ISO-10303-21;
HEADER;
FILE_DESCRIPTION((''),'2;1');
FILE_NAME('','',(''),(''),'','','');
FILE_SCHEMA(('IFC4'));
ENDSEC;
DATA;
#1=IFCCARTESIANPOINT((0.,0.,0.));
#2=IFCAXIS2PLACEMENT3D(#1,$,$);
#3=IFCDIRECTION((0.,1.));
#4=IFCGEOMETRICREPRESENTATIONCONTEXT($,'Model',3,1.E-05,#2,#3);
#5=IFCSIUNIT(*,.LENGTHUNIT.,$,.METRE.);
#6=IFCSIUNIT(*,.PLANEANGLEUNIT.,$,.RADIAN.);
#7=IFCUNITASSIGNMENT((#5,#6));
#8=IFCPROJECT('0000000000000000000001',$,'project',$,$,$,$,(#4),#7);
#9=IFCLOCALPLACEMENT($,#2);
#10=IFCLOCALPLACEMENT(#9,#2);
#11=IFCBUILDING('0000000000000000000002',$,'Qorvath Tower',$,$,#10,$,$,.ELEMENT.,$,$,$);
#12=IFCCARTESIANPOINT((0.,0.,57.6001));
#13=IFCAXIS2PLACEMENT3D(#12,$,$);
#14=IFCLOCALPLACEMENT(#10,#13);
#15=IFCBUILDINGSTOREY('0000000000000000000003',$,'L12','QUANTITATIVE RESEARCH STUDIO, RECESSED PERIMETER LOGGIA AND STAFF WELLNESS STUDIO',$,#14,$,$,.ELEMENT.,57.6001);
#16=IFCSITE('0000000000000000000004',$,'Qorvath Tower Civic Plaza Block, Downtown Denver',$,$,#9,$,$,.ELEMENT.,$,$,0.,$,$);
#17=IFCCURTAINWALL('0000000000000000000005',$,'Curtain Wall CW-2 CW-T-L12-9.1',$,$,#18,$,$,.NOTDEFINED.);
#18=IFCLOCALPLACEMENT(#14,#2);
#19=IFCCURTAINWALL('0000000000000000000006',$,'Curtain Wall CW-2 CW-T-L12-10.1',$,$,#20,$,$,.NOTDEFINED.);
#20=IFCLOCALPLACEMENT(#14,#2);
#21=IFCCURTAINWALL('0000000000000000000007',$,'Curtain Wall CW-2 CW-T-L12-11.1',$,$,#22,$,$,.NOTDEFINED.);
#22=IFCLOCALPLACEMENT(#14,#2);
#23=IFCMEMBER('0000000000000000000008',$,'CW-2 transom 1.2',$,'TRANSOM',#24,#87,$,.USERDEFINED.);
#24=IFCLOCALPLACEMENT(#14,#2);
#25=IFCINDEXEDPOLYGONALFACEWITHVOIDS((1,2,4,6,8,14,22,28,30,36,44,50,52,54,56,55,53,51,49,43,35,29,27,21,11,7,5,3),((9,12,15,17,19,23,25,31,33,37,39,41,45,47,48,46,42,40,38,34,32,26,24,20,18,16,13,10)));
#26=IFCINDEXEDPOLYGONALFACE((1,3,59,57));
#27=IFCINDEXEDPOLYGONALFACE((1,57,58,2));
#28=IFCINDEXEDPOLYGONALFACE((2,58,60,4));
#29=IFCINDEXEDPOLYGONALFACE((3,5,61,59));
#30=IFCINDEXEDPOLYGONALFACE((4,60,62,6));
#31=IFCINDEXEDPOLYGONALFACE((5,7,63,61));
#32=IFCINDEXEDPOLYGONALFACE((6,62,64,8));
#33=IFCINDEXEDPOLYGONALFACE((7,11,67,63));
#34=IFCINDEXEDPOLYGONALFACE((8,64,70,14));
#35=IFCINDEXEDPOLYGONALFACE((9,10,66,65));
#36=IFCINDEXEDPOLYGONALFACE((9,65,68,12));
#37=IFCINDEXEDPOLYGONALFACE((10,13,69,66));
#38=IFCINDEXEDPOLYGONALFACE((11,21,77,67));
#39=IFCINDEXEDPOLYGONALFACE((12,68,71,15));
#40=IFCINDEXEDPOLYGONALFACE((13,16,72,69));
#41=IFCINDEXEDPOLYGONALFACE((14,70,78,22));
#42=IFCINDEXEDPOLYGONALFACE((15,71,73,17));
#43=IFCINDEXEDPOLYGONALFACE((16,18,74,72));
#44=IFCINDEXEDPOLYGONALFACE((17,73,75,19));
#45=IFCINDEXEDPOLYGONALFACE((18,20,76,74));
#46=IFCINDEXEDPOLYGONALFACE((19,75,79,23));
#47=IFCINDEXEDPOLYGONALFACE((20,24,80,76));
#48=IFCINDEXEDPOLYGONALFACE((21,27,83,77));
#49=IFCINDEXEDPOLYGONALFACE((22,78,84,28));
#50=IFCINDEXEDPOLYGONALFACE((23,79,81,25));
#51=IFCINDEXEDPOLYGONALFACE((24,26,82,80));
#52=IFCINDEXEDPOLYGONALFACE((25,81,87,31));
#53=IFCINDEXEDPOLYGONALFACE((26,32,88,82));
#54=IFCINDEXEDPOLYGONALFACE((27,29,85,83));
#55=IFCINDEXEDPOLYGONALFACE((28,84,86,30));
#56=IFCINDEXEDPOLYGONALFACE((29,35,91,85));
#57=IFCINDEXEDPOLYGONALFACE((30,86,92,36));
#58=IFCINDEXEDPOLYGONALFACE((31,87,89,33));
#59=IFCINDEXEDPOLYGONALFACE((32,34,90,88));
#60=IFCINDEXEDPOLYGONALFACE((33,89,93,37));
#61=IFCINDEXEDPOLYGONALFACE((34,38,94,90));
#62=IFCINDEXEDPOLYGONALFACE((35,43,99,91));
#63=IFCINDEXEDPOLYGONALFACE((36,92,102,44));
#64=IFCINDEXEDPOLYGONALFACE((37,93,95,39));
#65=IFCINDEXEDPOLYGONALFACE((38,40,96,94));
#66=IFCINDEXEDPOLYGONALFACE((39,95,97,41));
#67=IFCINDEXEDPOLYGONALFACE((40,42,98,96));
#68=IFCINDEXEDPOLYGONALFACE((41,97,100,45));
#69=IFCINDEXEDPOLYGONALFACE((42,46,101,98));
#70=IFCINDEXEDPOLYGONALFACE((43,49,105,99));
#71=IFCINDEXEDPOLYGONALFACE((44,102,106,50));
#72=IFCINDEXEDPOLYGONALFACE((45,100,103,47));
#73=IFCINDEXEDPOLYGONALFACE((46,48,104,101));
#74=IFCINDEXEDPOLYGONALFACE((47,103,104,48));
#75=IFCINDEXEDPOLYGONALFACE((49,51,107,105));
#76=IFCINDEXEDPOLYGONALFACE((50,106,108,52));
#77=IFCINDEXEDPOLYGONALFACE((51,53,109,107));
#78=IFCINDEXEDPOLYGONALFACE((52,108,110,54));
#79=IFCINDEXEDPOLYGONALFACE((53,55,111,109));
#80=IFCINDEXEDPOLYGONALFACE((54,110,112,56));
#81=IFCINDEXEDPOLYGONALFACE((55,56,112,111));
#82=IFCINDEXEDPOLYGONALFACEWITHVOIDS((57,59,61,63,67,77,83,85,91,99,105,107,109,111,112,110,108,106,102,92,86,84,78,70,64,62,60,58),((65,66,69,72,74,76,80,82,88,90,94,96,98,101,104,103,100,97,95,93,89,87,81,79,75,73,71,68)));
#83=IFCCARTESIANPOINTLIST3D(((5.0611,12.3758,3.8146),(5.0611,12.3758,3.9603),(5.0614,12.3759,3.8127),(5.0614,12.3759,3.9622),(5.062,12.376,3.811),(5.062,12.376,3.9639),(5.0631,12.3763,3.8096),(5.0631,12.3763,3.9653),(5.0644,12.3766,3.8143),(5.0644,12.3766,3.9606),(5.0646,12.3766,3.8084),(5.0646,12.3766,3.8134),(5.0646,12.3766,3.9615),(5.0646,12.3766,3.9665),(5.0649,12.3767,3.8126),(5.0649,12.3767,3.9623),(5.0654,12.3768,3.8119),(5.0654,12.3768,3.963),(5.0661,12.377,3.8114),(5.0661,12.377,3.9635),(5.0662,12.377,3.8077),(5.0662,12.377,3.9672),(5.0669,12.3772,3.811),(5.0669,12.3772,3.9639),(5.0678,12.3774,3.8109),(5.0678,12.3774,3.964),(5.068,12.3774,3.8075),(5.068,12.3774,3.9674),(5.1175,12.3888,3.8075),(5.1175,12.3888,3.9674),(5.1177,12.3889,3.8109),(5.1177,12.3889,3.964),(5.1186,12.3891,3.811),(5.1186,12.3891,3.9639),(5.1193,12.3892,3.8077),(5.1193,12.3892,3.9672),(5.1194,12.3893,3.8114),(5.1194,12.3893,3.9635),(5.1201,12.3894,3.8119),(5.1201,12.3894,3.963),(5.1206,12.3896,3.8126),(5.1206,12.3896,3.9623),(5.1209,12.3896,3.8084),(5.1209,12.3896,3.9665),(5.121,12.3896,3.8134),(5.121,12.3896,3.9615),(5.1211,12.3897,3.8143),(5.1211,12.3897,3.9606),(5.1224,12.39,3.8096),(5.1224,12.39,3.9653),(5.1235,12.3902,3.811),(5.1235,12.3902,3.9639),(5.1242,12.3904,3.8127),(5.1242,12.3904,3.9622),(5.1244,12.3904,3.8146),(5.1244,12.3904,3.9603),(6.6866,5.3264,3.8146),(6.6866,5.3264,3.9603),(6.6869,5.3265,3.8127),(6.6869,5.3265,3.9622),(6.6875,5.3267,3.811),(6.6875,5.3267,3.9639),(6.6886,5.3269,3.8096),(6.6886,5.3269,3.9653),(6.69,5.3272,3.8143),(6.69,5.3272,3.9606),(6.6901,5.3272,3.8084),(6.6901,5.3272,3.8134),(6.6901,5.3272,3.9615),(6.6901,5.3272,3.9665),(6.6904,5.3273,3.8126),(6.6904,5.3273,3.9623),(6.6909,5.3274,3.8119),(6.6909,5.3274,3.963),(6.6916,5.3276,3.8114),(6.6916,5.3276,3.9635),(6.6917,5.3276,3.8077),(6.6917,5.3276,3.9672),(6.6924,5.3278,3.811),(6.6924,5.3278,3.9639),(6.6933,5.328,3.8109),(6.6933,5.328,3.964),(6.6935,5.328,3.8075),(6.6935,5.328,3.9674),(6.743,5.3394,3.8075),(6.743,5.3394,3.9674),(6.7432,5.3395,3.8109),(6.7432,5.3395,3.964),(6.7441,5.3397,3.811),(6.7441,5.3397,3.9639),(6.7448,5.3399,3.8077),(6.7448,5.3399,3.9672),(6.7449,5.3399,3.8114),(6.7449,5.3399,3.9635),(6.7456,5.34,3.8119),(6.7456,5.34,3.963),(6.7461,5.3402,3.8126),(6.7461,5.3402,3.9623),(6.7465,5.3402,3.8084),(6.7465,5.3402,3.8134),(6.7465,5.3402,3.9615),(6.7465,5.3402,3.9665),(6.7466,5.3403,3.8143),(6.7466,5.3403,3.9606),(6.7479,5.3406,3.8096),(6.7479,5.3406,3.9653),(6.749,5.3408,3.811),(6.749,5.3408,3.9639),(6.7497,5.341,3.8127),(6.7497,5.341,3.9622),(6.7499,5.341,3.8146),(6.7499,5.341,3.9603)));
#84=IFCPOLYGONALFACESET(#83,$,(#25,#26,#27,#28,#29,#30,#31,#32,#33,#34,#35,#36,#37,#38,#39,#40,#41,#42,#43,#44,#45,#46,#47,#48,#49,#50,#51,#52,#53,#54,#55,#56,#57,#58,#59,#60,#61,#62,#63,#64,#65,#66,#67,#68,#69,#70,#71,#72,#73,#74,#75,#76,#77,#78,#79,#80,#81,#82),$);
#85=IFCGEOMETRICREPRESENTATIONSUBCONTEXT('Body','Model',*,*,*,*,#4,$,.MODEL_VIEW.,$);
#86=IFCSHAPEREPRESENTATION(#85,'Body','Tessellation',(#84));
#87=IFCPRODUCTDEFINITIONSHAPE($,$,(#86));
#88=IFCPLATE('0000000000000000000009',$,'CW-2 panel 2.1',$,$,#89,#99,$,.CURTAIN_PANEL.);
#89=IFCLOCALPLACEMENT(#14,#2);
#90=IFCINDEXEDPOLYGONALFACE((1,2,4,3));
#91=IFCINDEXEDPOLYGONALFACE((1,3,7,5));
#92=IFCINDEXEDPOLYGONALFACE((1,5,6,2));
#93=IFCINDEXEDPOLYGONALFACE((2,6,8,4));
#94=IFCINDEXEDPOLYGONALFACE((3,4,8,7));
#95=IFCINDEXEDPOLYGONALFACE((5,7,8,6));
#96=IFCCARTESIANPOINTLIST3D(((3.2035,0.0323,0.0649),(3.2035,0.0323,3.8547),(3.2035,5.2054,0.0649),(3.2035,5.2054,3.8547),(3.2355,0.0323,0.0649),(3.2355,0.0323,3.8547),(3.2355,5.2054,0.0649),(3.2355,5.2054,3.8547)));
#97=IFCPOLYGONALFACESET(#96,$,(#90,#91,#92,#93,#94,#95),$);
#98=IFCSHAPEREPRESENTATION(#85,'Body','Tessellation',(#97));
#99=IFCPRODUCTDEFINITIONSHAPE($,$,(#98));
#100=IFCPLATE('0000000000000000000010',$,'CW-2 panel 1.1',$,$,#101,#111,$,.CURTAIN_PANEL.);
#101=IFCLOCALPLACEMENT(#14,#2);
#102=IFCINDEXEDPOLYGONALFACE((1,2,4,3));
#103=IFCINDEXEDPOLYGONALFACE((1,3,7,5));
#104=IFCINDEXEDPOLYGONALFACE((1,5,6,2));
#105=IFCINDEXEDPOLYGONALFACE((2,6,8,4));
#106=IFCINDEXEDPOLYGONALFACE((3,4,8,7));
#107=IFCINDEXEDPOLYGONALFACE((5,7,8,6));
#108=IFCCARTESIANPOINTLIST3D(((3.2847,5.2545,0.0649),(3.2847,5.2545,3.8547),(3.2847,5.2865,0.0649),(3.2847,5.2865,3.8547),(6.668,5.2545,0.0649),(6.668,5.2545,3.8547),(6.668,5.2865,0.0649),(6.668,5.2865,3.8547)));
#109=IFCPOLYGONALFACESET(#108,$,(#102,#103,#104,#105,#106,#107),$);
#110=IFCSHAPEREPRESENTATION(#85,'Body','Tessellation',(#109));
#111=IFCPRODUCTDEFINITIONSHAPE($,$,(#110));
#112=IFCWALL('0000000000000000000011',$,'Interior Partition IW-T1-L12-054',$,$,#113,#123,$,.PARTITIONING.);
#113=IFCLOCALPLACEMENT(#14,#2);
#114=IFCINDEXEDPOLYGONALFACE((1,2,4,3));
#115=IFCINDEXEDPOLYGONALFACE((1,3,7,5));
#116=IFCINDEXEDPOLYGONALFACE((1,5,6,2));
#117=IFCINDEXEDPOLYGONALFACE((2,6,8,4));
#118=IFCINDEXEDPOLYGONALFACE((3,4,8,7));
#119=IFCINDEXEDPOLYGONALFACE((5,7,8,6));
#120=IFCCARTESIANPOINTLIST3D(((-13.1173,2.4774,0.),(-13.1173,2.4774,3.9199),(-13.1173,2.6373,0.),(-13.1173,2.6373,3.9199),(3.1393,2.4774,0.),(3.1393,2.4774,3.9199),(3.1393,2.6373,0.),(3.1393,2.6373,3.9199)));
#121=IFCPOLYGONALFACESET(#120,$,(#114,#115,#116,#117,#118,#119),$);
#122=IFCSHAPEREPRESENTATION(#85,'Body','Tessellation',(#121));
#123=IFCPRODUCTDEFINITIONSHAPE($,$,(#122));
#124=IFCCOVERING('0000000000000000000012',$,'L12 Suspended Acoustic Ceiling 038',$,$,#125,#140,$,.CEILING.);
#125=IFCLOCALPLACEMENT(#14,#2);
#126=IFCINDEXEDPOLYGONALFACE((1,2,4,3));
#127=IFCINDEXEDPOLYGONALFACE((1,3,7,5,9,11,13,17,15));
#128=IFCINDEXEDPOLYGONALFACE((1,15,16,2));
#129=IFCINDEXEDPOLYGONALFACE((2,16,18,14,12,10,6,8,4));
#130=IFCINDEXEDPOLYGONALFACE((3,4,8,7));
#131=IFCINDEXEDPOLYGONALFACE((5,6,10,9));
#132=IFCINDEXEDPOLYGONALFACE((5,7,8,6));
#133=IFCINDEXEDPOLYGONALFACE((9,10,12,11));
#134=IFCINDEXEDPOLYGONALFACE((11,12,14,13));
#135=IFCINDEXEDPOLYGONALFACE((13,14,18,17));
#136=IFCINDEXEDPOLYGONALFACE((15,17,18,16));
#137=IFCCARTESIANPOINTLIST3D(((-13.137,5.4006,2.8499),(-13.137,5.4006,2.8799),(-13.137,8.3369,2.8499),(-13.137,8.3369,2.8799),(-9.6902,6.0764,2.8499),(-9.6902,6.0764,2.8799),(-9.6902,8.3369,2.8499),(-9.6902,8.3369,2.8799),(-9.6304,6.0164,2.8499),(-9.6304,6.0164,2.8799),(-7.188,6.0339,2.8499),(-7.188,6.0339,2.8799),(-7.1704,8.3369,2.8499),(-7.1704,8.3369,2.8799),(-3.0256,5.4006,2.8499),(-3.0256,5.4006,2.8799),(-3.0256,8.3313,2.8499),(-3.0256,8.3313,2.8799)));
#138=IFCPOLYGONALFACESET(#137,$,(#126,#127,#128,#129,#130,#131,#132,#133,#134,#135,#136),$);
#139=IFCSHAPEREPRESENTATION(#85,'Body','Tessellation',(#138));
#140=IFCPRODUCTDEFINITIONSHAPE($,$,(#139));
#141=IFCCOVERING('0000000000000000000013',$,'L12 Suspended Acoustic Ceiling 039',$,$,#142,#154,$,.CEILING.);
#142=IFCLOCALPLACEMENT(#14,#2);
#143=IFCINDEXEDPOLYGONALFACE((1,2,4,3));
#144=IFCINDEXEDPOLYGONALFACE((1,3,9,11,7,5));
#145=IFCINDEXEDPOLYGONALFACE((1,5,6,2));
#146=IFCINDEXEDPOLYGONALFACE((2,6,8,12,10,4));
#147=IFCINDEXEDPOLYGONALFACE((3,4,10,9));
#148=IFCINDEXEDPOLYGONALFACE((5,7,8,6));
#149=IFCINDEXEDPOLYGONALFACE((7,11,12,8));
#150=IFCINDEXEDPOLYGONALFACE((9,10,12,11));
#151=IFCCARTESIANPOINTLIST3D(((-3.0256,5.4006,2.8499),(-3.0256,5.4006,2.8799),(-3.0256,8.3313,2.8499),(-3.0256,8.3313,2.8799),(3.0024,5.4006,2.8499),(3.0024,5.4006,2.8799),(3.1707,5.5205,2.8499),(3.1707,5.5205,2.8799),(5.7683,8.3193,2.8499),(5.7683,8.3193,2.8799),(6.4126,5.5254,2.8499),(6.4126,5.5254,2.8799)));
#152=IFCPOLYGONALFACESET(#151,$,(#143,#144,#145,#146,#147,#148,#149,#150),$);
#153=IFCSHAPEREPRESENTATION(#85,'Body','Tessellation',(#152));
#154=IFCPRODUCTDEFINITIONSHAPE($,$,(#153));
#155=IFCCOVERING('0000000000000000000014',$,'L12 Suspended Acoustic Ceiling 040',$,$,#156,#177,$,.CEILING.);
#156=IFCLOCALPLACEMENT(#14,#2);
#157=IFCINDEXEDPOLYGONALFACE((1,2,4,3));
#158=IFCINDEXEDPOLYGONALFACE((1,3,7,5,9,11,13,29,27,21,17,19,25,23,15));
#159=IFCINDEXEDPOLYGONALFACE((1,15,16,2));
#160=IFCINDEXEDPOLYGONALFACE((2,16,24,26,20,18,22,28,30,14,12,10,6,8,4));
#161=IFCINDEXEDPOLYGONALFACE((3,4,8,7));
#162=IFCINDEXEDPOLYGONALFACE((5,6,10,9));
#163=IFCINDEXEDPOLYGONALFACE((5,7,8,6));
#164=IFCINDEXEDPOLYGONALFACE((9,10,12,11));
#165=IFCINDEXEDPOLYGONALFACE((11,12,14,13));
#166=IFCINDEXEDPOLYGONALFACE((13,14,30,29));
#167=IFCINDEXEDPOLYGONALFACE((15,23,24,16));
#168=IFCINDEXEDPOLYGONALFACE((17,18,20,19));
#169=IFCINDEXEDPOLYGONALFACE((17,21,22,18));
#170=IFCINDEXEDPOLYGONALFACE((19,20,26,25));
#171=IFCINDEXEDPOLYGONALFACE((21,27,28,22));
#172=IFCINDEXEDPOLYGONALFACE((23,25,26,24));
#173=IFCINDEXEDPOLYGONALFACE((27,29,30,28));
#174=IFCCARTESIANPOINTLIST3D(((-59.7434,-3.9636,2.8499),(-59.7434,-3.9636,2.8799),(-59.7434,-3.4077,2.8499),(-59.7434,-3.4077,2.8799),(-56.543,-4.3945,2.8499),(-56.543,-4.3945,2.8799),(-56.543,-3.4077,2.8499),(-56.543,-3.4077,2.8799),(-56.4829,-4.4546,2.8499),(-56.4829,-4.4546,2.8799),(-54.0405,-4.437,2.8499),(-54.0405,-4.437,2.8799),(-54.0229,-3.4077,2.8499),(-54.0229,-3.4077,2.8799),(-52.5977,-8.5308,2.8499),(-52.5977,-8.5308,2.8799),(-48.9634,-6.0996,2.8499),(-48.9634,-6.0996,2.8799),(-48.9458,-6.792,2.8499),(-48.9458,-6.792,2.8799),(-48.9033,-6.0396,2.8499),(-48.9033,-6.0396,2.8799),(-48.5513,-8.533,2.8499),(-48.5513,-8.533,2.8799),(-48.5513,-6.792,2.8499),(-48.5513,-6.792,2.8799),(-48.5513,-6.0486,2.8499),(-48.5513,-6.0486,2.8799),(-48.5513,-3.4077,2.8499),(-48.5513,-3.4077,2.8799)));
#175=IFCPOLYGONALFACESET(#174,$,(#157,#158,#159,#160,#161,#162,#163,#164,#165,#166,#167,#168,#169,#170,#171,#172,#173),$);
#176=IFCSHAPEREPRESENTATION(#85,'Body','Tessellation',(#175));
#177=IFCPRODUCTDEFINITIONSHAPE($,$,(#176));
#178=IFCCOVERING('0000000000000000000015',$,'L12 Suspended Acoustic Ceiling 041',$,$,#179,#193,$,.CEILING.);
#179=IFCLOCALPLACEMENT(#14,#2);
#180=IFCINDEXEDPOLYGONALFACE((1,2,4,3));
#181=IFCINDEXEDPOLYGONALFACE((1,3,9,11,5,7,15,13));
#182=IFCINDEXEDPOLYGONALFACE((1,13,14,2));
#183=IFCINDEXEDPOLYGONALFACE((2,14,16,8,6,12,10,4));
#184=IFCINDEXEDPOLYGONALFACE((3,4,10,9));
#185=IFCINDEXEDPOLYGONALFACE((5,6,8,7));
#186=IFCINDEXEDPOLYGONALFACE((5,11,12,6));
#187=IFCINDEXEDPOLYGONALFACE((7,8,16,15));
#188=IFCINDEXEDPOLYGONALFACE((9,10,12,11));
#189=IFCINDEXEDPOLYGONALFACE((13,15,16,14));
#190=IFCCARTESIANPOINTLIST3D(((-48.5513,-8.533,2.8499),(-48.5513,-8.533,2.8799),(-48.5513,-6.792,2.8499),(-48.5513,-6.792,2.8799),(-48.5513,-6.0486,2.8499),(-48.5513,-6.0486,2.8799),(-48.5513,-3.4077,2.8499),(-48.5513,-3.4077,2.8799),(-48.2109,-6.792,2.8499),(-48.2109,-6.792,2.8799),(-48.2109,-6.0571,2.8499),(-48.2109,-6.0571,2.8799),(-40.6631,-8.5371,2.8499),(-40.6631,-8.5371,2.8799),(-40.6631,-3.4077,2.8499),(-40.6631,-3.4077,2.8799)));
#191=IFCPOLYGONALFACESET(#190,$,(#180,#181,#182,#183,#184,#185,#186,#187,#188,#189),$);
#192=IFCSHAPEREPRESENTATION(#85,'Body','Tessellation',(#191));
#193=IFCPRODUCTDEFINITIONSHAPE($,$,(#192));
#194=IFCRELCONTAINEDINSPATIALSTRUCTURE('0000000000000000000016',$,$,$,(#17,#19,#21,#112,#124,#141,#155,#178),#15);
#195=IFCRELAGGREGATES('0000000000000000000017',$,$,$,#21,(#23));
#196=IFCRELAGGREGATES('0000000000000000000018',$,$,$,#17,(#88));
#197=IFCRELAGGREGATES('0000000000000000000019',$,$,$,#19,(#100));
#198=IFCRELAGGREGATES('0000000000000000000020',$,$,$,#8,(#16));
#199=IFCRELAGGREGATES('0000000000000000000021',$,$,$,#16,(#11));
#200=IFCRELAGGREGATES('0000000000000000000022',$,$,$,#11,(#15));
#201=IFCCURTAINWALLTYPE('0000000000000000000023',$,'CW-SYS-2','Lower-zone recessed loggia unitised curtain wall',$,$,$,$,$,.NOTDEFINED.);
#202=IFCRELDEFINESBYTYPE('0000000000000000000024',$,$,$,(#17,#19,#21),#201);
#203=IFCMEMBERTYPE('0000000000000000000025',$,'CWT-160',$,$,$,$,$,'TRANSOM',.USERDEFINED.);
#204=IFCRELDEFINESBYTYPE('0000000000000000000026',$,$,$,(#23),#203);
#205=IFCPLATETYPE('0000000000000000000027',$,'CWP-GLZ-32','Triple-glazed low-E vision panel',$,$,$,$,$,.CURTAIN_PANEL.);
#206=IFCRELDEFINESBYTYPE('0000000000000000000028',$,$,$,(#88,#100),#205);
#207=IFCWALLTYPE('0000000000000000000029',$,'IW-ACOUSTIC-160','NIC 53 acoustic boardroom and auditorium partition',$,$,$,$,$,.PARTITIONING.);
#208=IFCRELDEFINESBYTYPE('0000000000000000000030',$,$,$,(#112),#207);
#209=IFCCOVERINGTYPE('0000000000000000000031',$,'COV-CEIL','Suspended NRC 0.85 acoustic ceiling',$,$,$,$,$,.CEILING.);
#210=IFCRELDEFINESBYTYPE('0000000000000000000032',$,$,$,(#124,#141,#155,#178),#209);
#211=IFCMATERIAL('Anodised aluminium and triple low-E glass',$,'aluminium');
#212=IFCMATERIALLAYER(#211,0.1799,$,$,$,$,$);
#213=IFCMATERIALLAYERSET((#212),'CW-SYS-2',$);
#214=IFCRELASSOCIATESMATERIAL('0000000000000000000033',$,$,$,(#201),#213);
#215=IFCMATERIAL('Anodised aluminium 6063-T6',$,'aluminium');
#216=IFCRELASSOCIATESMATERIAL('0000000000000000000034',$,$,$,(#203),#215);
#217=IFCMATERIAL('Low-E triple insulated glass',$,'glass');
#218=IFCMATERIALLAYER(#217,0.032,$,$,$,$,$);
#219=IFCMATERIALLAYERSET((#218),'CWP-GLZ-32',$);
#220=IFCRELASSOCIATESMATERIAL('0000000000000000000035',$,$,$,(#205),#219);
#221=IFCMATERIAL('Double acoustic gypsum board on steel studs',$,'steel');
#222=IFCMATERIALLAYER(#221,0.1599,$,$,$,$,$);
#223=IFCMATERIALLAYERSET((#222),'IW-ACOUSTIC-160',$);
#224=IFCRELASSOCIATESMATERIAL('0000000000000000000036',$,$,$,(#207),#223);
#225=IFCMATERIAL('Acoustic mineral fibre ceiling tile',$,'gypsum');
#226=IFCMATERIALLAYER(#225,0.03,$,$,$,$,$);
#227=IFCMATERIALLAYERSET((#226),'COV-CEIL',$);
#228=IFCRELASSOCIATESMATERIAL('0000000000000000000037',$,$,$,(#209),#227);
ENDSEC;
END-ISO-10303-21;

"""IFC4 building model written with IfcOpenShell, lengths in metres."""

from ifc_helpers import new_model, si_unit, direction, frame, frame_2d, origin, origin_2d, place, context, subcontext, project, spatial, polyline, rectangle, hollow_rectangle, outline, extrude, material, layer, layer_set, material_profile, profile_set, type_object, element, aggregate, save


model = new_model("IFC4")

# Units and contexts
model_context = context("Model", 3, precision=1e-05, world=origin(), true_north=direction((0.0, 1.0)))
body_context = subcontext(model_context, "Body", "Model", "MODEL_VIEW")
ifc_project = project(units=[si_unit("LENGTHUNIT", "METRE"), si_unit("PLANEANGLEUNIT", "RADIAN")], contexts=[model_context])

# Site, building, storey
site_placement = place(None, origin())
site = spatial("IfcSite", under=ifc_project, at=site_placement, Name="Qorvath Tower Civic Plaza Block, Downtown Denver", CompositionType="ELEMENT", RefElevation=0.0)
building_placement = place(site_placement, origin())
building = spatial("IfcBuilding", under=site, at=building_placement, Name="Qorvath Tower", CompositionType="ELEMENT")
storey_placement = place(building_placement, frame((0.0, 0.0, 57.6001)))
storey = spatial("IfcBuildingStorey", under=building, at=storey_placement, Name="L12", Description="QUANTITATIVE RESEARCH STUDIO, RECESSED PERIMETER LOGGIA AND STAFF WELLNESS STUDIO", CompositionType="ELEMENT", Elevation=57.6001)

# Curtain walls
ifc_material_1 = material(Name="Anodised aluminium and triple low-E glass", Category="aluminium")
ifc_layer_1 = layer(ifc_material_1, 0.1799)
ifc_layer_set_1 = layer_set([ifc_layer_1], Name="CW-SYS-2")
curtain_wall_type = type_object("IfcCurtainWallType", Name="CW-SYS-2", Description="Lower-zone recessed loggia unitised curtain wall", PredefinedType="NOTDEFINED", material=ifc_layer_set_1)
curtain_wall_1_placement = place(storey_placement, origin())
curtain_wall_1 = element("IfcCurtainWall", 1, at=curtain_wall_1_placement, inside=storey, type_object=curtain_wall_type, Name="Curtain Wall CW-2 CW-T-L12-9.1", PredefinedType="NOTDEFINED")
curtain_wall_2_placement = place(storey_placement, origin())
curtain_wall_2 = element("IfcCurtainWall", 2, at=curtain_wall_2_placement, inside=storey, type_object=curtain_wall_type, Name="Curtain Wall CW-2 CW-T-L12-10.1", PredefinedType="NOTDEFINED")

# Curtain wall
curtain_wall_3_placement = place(storey_placement, origin())
curtain_wall_3 = element("IfcCurtainWall", 3, at=curtain_wall_3_placement, inside=storey, type_object=curtain_wall_type, Name="Curtain Wall CW-2 CW-T-L12-11.1", PredefinedType="NOTDEFINED")

# Member
ifc_material_2 = material(Name="Anodised aluminium 6063-T6", Category="aluminium")
ifc_material_profile_1 = material_profile(ifc_material_2, hollow_rectangle(XDim=0.0649, YDim=0.1599, WallThickness=0.0034, InnerFilletRadius=0.0034, OuterFilletRadius=0.0071, at=origin_2d()), Name="CWT 160x65")
ifc_profile_set_1 = profile_set([ifc_material_profile_1], Name="Anodised aluminium 6063-T6")
member_type_1 = type_object("IfcMemberType", Name="CWT-160", ElementType="TRANSOM", PredefinedType="USERDEFINED", material=ifc_profile_set_1)
member_1_placement = place(storey_placement, frame((6.7183, 5.3337, 3.8875), z_axis=(-0.224692, 0.97443, 0.0), x_axis=(-0.97443, -0.224692, 0.0)))
member_1 = element("IfcMember", 4, at=member_1_placement, type_object=member_type_1, Name="CW-2 transom 1.2", ObjectType="TRANSOM", PredefinedType="USERDEFINED", context=body_context, shape_type="SweptSolid", body=[
    extrude(hollow_rectangle(XDim=0.0649, YDim=0.1599, WallThickness=0.0034, InnerFilletRadius=0.0034, OuterFilletRadius=0.0071, at=origin_2d()), origin(), (0.0, 0.0, 1.0), 7.2344),
])
aggregate(curtain_wall_3, [member_1])

# Plates
ifc_material_3 = material(Name="Low-E triple insulated glass", Category="glass")
ifc_layer_2 = layer(ifc_material_3, 0.032)
ifc_layer_set_2 = layer_set([ifc_layer_2], Name="CWP-GLZ-32")
plate_type = type_object("IfcPlateType", Name="CWP-GLZ-32", Description="Triple-glazed low-E vision panel", PredefinedType="CURTAIN_PANEL", material=ifc_layer_set_2)
plate_1_placement = place(storey_placement, frame((3.2195, 2.6189, 0.0649), z_axis=(0.0, 0.0, 1.0), x_axis=(0.0, 1.0, 0.0)))
plate_1 = element("IfcPlate", 5, at=plate_1_placement, type_object=plate_type, Name="CW-2 panel 2.1", PredefinedType="CURTAIN_PANEL", context=body_context, shape_type="SweptSolid", body=[
    extrude(rectangle(XDim=5.1731, YDim=0.032, at=origin_2d()), origin(), (0.0, 0.0, 1.0), 3.7898),
])
aggregate(curtain_wall_1, [plate_1])
plate_2_placement = place(storey_placement, frame((4.9763, 5.2705, 0.0649), z_axis=(0.0, 0.0, 1.0), x_axis=(1.0, 0.0, 0.0)))
plate_2 = element("IfcPlate", 6, at=plate_2_placement, type_object=plate_type, Name="CW-2 panel 1.1", PredefinedType="CURTAIN_PANEL", context=body_context, shape_type="SweptSolid", body=[
    extrude(rectangle(XDim=3.3833, YDim=0.032, at=origin_2d()), origin(), (0.0, 0.0, 1.0), 3.7898),
])
aggregate(curtain_wall_2, [plate_2])

# Wall
ifc_material_4 = material(Name="Double acoustic gypsum board on steel studs", Category="steel")
ifc_layer_3 = layer(ifc_material_4, 0.1599)
ifc_layer_set_3 = layer_set([ifc_layer_3], Name="IW-ACOUSTIC-160")
wall_type = type_object("IfcWallType", Name="IW-ACOUSTIC-160", Description="NIC 53 acoustic boardroom and auditorium partition", PredefinedType="PARTITIONING", material=ifc_layer_set_3)
wall_placement = place(storey_placement, frame((3.1394, 2.5574, 0.0), z_axis=(0.0, 0.0, 1.0), x_axis=(-1.0, 0.0, 0.0)))
element("IfcWall", 7, at=wall_placement, inside=storey, type_object=wall_type, Name="Interior Partition IW-T1-L12-054", PredefinedType="PARTITIONING", context=body_context, shape_type="SweptSolid", body=[
    extrude(rectangle(XDim=16.2566, YDim=0.1599, at=frame_2d((8.1284, 0.0))), origin(), (0.0, 0.0, 1.0), 3.9199),
])

# Coverings
ifc_material_5 = material(Name="Acoustic mineral fibre ceiling tile", Category="gypsum")
ifc_layer_4 = layer(ifc_material_5, 0.03)
ifc_layer_set_4 = layer_set([ifc_layer_4], Name="COV-CEIL")
covering_type_1 = type_object("IfcCoveringType", Name="COV-CEIL", Description="Suspended NRC 0.85 acoustic ceiling", PredefinedType="CEILING", material=ifc_layer_set_4)
covering_1_placement = place(storey_placement, frame((0.0, 0.0, 2.8499)))
element("IfcCovering", 8, at=covering_1_placement, inside=storey, type_object=covering_type_1, Name="L12 Suspended Acoustic Ceiling 038", PredefinedType="CEILING", context=body_context, shape_type="SweptSolid", body=[
    extrude(outline(polyline([(-3.0256, 5.4006), (-3.0256, 8.3313), (-7.1704, 8.3369), (-7.188, 6.0339), (-9.6304, 6.0164), (-9.6902, 6.0764), (-9.6902, 8.3369), (-13.137, 8.3369), (-13.137, 5.4006), (-3.0256, 5.4006)])), origin(), (0.0, 0.0, 1.0), 0.03),
])
covering_2_placement = place(storey_placement, frame((0.0, 0.0, 2.8499)))
element("IfcCovering", 9, at=covering_2_placement, inside=storey, type_object=covering_type_1, Name="L12 Suspended Acoustic Ceiling 039", PredefinedType="CEILING", context=body_context, shape_type="SweptSolid", body=[
    extrude(outline(polyline([(3.0024, 5.4006), (3.1707, 5.5205), (6.4126, 5.5254), (5.7683, 8.3193), (-3.0256, 8.3313), (-3.0256, 5.4006), (3.0024, 5.4006)])), origin(), (0.0, 0.0, 1.0), 0.03),
])
covering_3_placement = place(storey_placement, frame((0.0, 0.0, 2.8499)))
element("IfcCovering", 10, at=covering_3_placement, inside=storey, type_object=covering_type_1, Name="L12 Suspended Acoustic Ceiling 040", PredefinedType="CEILING", context=body_context, shape_type="SweptSolid", body=[
    extrude(outline(polyline([(-48.5513, -8.533), (-48.5513, -6.792), (-48.9458, -6.792), (-48.9634, -6.0996), (-48.9033, -6.0396), (-48.5513, -6.0486), (-48.5513, -3.4077), (-54.0229, -3.4077), (-54.0405, -4.437), (-56.4829, -4.4546), (-56.543, -4.3945), (-56.543, -3.4077), (-59.7434, -3.4077), (-59.7434, -3.9636), (-52.5977, -8.5308), (-48.5513, -8.533)])), origin(), (0.0, 0.0, 1.0), 0.03),
])
covering_4_placement = place(storey_placement, frame((0.0, 0.0, 2.8499)))
element("IfcCovering", 11, at=covering_4_placement, inside=storey, type_object=covering_type_1, Name="L12 Suspended Acoustic Ceiling 041", PredefinedType="CEILING", context=body_context, shape_type="SweptSolid", body=[
    extrude(outline(polyline([(-40.6631, -8.5371), (-40.6631, -3.4077), (-48.5513, -3.4077), (-48.5513, -6.0486), (-48.2109, -6.0571), (-48.2109, -6.792), (-48.5513, -6.792), (-48.5513, -8.533), (-40.6631, -8.5371)])), origin(), (0.0, 0.0, 1.0), 0.03),
])

save(model, "model.ifc")
